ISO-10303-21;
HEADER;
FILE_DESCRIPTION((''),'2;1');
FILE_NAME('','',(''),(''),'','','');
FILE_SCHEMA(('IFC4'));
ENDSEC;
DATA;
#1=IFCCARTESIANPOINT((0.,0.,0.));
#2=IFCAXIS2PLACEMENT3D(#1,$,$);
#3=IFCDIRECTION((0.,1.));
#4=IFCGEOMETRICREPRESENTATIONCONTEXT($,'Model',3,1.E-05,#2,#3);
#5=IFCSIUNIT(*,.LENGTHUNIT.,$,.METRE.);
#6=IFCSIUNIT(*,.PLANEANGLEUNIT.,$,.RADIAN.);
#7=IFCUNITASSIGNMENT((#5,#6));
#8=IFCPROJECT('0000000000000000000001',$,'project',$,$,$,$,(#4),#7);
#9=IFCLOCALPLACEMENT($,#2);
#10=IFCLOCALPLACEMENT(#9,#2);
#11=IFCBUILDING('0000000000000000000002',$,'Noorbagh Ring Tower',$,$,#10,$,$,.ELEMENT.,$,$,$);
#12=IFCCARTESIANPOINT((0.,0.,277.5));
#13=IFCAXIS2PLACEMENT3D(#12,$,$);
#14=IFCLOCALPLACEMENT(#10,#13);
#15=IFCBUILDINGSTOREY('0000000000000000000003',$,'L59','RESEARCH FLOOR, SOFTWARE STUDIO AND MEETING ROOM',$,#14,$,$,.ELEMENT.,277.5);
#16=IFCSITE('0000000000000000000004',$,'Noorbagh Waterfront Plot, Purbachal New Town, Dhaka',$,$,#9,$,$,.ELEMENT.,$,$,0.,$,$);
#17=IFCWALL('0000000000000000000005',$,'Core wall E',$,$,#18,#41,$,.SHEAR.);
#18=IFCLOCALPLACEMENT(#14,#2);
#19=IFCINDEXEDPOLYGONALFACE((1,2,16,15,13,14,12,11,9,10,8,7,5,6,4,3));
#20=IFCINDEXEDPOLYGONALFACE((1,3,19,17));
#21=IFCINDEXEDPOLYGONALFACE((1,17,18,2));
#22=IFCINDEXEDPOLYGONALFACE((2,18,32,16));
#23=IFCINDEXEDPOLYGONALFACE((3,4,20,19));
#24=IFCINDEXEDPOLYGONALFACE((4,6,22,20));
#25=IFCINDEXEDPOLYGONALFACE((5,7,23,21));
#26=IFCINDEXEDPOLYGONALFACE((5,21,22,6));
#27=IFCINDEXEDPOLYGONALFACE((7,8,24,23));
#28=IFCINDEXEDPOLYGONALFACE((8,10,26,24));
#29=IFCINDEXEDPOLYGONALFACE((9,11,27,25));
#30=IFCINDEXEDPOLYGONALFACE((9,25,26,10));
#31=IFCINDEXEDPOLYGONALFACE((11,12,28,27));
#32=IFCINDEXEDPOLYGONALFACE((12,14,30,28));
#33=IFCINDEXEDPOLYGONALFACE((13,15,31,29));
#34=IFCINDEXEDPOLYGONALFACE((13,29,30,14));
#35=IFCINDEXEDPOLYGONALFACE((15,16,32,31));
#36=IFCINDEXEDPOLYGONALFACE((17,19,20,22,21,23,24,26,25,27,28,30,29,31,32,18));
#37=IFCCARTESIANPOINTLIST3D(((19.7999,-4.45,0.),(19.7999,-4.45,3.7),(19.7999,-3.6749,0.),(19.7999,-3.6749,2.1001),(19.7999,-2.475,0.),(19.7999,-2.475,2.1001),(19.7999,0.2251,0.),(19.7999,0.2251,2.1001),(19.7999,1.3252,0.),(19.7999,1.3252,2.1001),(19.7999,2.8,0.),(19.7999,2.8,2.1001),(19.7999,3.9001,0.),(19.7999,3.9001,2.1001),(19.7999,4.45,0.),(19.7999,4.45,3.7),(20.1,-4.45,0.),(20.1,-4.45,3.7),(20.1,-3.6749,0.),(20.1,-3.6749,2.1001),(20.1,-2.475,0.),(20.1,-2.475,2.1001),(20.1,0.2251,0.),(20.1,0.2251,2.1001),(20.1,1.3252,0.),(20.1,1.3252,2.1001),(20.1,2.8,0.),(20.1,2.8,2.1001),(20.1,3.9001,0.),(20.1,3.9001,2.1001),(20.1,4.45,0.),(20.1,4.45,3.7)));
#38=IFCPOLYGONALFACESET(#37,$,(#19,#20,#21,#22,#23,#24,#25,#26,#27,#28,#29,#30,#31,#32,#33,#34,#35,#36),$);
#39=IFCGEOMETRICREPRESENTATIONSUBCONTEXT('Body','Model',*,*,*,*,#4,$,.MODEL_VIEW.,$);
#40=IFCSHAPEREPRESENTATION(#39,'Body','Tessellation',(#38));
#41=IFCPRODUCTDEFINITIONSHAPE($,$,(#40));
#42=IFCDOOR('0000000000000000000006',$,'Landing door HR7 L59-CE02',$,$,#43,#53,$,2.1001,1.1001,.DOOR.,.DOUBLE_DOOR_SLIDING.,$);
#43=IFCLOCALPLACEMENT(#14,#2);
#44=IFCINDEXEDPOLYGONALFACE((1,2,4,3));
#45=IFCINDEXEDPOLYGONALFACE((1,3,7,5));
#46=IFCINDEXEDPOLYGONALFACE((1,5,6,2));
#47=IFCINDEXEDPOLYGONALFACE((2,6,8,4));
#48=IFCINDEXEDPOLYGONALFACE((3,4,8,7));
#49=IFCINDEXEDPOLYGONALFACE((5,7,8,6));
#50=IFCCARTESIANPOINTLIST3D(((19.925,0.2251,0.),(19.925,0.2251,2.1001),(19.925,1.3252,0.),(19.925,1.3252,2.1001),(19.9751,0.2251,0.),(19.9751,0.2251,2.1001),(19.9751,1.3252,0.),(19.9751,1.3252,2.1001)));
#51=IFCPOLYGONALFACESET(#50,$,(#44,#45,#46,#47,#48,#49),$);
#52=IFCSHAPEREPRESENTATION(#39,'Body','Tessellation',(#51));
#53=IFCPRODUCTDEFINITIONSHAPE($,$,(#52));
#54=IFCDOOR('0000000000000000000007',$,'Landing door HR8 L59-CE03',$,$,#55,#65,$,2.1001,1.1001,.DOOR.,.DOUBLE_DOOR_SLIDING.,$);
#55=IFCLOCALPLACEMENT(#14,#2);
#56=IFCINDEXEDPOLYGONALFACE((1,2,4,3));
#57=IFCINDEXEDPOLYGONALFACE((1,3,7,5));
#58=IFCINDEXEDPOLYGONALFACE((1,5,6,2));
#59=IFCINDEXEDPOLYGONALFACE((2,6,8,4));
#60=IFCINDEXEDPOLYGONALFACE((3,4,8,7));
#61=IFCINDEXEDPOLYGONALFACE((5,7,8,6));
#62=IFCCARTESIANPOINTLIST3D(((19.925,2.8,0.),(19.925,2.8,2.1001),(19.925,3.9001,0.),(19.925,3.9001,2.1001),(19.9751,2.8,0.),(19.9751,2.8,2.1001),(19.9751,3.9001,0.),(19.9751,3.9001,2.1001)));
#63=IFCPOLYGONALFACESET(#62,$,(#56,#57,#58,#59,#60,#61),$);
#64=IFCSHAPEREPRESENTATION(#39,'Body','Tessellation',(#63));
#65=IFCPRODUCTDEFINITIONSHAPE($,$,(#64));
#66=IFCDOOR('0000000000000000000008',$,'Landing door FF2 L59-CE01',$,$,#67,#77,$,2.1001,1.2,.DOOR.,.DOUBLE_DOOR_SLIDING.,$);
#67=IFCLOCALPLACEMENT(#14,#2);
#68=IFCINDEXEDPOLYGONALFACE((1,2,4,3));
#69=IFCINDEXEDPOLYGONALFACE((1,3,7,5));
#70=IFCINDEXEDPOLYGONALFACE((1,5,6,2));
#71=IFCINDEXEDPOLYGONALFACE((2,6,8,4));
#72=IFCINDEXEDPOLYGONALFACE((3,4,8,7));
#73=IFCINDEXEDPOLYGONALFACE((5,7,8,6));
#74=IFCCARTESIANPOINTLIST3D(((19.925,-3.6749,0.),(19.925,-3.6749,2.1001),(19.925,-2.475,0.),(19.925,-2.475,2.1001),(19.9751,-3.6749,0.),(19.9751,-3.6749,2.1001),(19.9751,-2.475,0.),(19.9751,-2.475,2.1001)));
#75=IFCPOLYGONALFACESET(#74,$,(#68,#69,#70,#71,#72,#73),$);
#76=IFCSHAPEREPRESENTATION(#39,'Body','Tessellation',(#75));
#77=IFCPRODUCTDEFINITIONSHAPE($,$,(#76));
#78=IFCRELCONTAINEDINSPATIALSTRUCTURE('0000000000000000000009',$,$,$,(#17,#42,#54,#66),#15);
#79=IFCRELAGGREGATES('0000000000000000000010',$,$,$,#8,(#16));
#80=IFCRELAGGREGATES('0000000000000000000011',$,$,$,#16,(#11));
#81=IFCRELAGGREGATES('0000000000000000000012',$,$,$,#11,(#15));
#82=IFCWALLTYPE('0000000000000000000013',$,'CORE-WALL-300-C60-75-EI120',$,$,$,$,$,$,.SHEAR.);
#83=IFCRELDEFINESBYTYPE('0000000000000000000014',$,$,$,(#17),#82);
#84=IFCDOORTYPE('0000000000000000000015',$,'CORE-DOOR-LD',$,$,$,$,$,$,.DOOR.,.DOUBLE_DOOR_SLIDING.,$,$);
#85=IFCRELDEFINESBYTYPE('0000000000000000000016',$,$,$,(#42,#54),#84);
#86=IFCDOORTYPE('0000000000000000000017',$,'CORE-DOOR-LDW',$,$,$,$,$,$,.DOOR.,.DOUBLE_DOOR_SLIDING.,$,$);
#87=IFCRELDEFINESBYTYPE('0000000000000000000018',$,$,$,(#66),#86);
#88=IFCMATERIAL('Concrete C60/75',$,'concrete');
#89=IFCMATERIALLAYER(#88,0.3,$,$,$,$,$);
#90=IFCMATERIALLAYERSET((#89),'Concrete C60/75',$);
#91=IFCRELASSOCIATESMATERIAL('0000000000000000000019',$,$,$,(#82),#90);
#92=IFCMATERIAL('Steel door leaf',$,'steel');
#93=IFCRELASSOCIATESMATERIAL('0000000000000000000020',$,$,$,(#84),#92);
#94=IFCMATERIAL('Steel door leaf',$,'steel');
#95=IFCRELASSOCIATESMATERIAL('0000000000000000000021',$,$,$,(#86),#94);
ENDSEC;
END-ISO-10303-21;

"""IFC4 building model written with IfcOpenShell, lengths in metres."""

from ifc_helpers import new_model, si_unit, direction, frame, frame_2d, origin, place, context, subcontext, project, spatial, rectangle, extrude, material, layer, layer_set, type_object, element, fill, save


model = new_model("IFC4")

# Units and contexts
model_context = context("Model", 3, precision=1e-05, world=origin(), true_north=direction((0.0, 1.0)))
body_context = subcontext(model_context, "Body", "Model", "MODEL_VIEW")
ifc_project = project(units=[si_unit("LENGTHUNIT", "METRE"), si_unit("PLANEANGLEUNIT", "RADIAN")], contexts=[model_context])

# Site, building, storey
site_placement = place(None, origin())
site = spatial("IfcSite", under=ifc_project, at=site_placement, Name="Noorbagh Waterfront Plot, Purbachal New Town, Dhaka", CompositionType="ELEMENT", RefElevation=0.0)
building_placement = place(site_placement, origin())
building = spatial("IfcBuilding", under=site, at=building_placement, Name="Noorbagh Ring Tower", CompositionType="ELEMENT")
storey_placement = place(building_placement, frame((0.0, 0.0, 277.5)))
storey = spatial("IfcBuildingStorey", under=building, at=storey_placement, Name="L59", Description="RESEARCH FLOOR, SOFTWARE STUDIO AND MEETING ROOM", CompositionType="ELEMENT", Elevation=277.5)

# Shared definitions
ifc_material_1 = material(Name="Concrete C60/75", Category="concrete")
ifc_layer_1 = layer(ifc_material_1, 0.3)
ifc_layer_set_1 = layer_set([ifc_layer_1], Name="Concrete C60/75")
wall_type_1 = type_object("IfcWallType", Name="CORE-WALL-300-C60-75-EI120", PredefinedType="SHEAR", material=ifc_layer_set_1)

# Wall, openings, doors
wall_1_placement = place(storey_placement, frame((19.95, -4.45, 0.0), z_axis=(0.0, 0.0, 1.0), x_axis=(0.0, 1.0, 0.0)))
wall_1 = element("IfcWall", 1, at=wall_1_placement, inside=storey, type_object=wall_type_1, Name="Core wall E", PredefinedType="SHEAR", context=body_context, shape_type="SweptSolid", body=[
    extrude(rectangle(XDim=8.8999, YDim=0.3, at=frame_2d((4.45, 0.0))), origin(), (0.0, 0.0, 1.0), 3.7),
])
opening_1_placement = place(wall_1_placement, frame((0.7749, 0.0, 0.0)))
opening_1 = element("IfcOpeningElement", 2, at=opening_1_placement, cuts=wall_1, PredefinedType="OPENING", context=body_context, shape_type="SweptSolid", body=[
    extrude(rectangle(XDim=1.2, YDim=2.1001, at=frame_2d((0.6001, 1.05))), frame((0.0, 0.1602, 0.0), z_axis=(0.0, -1.0, 0.0), x_axis=(1.0, 0.0, 0.0)), (0.0, 0.0, 1.0), 0.3201),
])
opening_2_placement = place(wall_1_placement, frame((4.675, 0.0, 0.0)))
opening_2 = element("IfcOpeningElement", 3, at=opening_2_placement, cuts=wall_1, PredefinedType="OPENING", context=body_context, shape_type="SweptSolid", body=[
    extrude(rectangle(XDim=1.1001, YDim=2.1001, at=frame_2d((0.55, 1.05))), frame((0.0, 0.1602, 0.0), z_axis=(0.0, -1.0, 0.0), x_axis=(1.0, 0.0, 0.0)), (0.0, 0.0, 1.0), 0.3201),
])
opening_3_placement = place(wall_1_placement, frame((7.25, 0.0, 0.0)))
opening_3 = element("IfcOpeningElement", 4, at=opening_3_placement, cuts=wall_1, PredefinedType="OPENING", context=body_context, shape_type="SweptSolid", body=[
    extrude(rectangle(XDim=1.1001, YDim=2.1001, at=frame_2d((0.55, 1.05))), frame((0.0, 0.1602, 0.0), z_axis=(0.0, -1.0, 0.0), x_axis=(1.0, 0.0, 0.0)), (0.0, 0.0, 1.0), 0.3201),
])
ifc_material_2 = material(Name="Steel door leaf", Category="steel")
door_type_1 = type_object("IfcDoorType", Name="CORE-DOOR-LD", OperationType="DOUBLE_DOOR_SLIDING", PredefinedType="DOOR", material=ifc_material_2)
door_1_placement = place(opening_2_placement, origin())
door_1 = element("IfcDoor", 5, at=door_1_placement, inside=storey, type_object=door_type_1, Name="Landing door HR7 L59-CE02", OperationType="DOUBLE_DOOR_SLIDING", OverallHeight=2.1001, OverallWidth=1.1001, PredefinedType="DOOR", context=body_context, shape_type="SweptSolid", body=[
    extrude(rectangle(XDim=1.1001, YDim=2.1001, at=frame_2d((0.55, 1.05))), frame((0.0, 0.0249, 0.0), z_axis=(0.0, -1.0, 0.0), x_axis=(1.0, 0.0, 0.0)), (0.0, 0.0, 1.0), 0.05),
])
fill(opening_2, door_1)
door_2_placement = place(opening_3_placement, origin())
door_2 = element("IfcDoor", 6, at=door_2_placement, inside=storey, type_object=door_type_1, Name="Landing door HR8 L59-CE03", OperationType="DOUBLE_DOOR_SLIDING", OverallHeight=2.1001, OverallWidth=1.1001, PredefinedType="DOOR", context=body_context, shape_type="SweptSolid", body=[
    extrude(rectangle(XDim=1.1001, YDim=2.1001, at=frame_2d((0.55, 1.05))), frame((0.0, 0.0249, 0.0), z_axis=(0.0, -1.0, 0.0), x_axis=(1.0, 0.0, 0.0)), (0.0, 0.0, 1.0), 0.05),
])
fill(opening_3, door_2)
ifc_material_3 = material(Name="Steel door leaf", Category="steel")
door_type_2 = type_object("IfcDoorType", Name="CORE-DOOR-LDW", OperationType="DOUBLE_DOOR_SLIDING", PredefinedType="DOOR", material=ifc_material_3)
door_3_placement = place(opening_1_placement, origin())
door_3 = element("IfcDoor", 7, at=door_3_placement, inside=storey, type_object=door_type_2, Name="Landing door FF2 L59-CE01", OperationType="DOUBLE_DOOR_SLIDING", OverallHeight=2.1001, OverallWidth=1.2, PredefinedType="DOOR", context=body_context, shape_type="SweptSolid", body=[
    extrude(rectangle(XDim=1.2, YDim=2.1001, at=frame_2d((0.6001, 1.05))), frame((0.0, 0.0249, 0.0), z_axis=(0.0, -1.0, 0.0), x_axis=(1.0, 0.0, 0.0)), (0.0, 0.0, 1.0), 0.05),
])
fill(opening_1, door_3)

save(model, "model.ifc")
